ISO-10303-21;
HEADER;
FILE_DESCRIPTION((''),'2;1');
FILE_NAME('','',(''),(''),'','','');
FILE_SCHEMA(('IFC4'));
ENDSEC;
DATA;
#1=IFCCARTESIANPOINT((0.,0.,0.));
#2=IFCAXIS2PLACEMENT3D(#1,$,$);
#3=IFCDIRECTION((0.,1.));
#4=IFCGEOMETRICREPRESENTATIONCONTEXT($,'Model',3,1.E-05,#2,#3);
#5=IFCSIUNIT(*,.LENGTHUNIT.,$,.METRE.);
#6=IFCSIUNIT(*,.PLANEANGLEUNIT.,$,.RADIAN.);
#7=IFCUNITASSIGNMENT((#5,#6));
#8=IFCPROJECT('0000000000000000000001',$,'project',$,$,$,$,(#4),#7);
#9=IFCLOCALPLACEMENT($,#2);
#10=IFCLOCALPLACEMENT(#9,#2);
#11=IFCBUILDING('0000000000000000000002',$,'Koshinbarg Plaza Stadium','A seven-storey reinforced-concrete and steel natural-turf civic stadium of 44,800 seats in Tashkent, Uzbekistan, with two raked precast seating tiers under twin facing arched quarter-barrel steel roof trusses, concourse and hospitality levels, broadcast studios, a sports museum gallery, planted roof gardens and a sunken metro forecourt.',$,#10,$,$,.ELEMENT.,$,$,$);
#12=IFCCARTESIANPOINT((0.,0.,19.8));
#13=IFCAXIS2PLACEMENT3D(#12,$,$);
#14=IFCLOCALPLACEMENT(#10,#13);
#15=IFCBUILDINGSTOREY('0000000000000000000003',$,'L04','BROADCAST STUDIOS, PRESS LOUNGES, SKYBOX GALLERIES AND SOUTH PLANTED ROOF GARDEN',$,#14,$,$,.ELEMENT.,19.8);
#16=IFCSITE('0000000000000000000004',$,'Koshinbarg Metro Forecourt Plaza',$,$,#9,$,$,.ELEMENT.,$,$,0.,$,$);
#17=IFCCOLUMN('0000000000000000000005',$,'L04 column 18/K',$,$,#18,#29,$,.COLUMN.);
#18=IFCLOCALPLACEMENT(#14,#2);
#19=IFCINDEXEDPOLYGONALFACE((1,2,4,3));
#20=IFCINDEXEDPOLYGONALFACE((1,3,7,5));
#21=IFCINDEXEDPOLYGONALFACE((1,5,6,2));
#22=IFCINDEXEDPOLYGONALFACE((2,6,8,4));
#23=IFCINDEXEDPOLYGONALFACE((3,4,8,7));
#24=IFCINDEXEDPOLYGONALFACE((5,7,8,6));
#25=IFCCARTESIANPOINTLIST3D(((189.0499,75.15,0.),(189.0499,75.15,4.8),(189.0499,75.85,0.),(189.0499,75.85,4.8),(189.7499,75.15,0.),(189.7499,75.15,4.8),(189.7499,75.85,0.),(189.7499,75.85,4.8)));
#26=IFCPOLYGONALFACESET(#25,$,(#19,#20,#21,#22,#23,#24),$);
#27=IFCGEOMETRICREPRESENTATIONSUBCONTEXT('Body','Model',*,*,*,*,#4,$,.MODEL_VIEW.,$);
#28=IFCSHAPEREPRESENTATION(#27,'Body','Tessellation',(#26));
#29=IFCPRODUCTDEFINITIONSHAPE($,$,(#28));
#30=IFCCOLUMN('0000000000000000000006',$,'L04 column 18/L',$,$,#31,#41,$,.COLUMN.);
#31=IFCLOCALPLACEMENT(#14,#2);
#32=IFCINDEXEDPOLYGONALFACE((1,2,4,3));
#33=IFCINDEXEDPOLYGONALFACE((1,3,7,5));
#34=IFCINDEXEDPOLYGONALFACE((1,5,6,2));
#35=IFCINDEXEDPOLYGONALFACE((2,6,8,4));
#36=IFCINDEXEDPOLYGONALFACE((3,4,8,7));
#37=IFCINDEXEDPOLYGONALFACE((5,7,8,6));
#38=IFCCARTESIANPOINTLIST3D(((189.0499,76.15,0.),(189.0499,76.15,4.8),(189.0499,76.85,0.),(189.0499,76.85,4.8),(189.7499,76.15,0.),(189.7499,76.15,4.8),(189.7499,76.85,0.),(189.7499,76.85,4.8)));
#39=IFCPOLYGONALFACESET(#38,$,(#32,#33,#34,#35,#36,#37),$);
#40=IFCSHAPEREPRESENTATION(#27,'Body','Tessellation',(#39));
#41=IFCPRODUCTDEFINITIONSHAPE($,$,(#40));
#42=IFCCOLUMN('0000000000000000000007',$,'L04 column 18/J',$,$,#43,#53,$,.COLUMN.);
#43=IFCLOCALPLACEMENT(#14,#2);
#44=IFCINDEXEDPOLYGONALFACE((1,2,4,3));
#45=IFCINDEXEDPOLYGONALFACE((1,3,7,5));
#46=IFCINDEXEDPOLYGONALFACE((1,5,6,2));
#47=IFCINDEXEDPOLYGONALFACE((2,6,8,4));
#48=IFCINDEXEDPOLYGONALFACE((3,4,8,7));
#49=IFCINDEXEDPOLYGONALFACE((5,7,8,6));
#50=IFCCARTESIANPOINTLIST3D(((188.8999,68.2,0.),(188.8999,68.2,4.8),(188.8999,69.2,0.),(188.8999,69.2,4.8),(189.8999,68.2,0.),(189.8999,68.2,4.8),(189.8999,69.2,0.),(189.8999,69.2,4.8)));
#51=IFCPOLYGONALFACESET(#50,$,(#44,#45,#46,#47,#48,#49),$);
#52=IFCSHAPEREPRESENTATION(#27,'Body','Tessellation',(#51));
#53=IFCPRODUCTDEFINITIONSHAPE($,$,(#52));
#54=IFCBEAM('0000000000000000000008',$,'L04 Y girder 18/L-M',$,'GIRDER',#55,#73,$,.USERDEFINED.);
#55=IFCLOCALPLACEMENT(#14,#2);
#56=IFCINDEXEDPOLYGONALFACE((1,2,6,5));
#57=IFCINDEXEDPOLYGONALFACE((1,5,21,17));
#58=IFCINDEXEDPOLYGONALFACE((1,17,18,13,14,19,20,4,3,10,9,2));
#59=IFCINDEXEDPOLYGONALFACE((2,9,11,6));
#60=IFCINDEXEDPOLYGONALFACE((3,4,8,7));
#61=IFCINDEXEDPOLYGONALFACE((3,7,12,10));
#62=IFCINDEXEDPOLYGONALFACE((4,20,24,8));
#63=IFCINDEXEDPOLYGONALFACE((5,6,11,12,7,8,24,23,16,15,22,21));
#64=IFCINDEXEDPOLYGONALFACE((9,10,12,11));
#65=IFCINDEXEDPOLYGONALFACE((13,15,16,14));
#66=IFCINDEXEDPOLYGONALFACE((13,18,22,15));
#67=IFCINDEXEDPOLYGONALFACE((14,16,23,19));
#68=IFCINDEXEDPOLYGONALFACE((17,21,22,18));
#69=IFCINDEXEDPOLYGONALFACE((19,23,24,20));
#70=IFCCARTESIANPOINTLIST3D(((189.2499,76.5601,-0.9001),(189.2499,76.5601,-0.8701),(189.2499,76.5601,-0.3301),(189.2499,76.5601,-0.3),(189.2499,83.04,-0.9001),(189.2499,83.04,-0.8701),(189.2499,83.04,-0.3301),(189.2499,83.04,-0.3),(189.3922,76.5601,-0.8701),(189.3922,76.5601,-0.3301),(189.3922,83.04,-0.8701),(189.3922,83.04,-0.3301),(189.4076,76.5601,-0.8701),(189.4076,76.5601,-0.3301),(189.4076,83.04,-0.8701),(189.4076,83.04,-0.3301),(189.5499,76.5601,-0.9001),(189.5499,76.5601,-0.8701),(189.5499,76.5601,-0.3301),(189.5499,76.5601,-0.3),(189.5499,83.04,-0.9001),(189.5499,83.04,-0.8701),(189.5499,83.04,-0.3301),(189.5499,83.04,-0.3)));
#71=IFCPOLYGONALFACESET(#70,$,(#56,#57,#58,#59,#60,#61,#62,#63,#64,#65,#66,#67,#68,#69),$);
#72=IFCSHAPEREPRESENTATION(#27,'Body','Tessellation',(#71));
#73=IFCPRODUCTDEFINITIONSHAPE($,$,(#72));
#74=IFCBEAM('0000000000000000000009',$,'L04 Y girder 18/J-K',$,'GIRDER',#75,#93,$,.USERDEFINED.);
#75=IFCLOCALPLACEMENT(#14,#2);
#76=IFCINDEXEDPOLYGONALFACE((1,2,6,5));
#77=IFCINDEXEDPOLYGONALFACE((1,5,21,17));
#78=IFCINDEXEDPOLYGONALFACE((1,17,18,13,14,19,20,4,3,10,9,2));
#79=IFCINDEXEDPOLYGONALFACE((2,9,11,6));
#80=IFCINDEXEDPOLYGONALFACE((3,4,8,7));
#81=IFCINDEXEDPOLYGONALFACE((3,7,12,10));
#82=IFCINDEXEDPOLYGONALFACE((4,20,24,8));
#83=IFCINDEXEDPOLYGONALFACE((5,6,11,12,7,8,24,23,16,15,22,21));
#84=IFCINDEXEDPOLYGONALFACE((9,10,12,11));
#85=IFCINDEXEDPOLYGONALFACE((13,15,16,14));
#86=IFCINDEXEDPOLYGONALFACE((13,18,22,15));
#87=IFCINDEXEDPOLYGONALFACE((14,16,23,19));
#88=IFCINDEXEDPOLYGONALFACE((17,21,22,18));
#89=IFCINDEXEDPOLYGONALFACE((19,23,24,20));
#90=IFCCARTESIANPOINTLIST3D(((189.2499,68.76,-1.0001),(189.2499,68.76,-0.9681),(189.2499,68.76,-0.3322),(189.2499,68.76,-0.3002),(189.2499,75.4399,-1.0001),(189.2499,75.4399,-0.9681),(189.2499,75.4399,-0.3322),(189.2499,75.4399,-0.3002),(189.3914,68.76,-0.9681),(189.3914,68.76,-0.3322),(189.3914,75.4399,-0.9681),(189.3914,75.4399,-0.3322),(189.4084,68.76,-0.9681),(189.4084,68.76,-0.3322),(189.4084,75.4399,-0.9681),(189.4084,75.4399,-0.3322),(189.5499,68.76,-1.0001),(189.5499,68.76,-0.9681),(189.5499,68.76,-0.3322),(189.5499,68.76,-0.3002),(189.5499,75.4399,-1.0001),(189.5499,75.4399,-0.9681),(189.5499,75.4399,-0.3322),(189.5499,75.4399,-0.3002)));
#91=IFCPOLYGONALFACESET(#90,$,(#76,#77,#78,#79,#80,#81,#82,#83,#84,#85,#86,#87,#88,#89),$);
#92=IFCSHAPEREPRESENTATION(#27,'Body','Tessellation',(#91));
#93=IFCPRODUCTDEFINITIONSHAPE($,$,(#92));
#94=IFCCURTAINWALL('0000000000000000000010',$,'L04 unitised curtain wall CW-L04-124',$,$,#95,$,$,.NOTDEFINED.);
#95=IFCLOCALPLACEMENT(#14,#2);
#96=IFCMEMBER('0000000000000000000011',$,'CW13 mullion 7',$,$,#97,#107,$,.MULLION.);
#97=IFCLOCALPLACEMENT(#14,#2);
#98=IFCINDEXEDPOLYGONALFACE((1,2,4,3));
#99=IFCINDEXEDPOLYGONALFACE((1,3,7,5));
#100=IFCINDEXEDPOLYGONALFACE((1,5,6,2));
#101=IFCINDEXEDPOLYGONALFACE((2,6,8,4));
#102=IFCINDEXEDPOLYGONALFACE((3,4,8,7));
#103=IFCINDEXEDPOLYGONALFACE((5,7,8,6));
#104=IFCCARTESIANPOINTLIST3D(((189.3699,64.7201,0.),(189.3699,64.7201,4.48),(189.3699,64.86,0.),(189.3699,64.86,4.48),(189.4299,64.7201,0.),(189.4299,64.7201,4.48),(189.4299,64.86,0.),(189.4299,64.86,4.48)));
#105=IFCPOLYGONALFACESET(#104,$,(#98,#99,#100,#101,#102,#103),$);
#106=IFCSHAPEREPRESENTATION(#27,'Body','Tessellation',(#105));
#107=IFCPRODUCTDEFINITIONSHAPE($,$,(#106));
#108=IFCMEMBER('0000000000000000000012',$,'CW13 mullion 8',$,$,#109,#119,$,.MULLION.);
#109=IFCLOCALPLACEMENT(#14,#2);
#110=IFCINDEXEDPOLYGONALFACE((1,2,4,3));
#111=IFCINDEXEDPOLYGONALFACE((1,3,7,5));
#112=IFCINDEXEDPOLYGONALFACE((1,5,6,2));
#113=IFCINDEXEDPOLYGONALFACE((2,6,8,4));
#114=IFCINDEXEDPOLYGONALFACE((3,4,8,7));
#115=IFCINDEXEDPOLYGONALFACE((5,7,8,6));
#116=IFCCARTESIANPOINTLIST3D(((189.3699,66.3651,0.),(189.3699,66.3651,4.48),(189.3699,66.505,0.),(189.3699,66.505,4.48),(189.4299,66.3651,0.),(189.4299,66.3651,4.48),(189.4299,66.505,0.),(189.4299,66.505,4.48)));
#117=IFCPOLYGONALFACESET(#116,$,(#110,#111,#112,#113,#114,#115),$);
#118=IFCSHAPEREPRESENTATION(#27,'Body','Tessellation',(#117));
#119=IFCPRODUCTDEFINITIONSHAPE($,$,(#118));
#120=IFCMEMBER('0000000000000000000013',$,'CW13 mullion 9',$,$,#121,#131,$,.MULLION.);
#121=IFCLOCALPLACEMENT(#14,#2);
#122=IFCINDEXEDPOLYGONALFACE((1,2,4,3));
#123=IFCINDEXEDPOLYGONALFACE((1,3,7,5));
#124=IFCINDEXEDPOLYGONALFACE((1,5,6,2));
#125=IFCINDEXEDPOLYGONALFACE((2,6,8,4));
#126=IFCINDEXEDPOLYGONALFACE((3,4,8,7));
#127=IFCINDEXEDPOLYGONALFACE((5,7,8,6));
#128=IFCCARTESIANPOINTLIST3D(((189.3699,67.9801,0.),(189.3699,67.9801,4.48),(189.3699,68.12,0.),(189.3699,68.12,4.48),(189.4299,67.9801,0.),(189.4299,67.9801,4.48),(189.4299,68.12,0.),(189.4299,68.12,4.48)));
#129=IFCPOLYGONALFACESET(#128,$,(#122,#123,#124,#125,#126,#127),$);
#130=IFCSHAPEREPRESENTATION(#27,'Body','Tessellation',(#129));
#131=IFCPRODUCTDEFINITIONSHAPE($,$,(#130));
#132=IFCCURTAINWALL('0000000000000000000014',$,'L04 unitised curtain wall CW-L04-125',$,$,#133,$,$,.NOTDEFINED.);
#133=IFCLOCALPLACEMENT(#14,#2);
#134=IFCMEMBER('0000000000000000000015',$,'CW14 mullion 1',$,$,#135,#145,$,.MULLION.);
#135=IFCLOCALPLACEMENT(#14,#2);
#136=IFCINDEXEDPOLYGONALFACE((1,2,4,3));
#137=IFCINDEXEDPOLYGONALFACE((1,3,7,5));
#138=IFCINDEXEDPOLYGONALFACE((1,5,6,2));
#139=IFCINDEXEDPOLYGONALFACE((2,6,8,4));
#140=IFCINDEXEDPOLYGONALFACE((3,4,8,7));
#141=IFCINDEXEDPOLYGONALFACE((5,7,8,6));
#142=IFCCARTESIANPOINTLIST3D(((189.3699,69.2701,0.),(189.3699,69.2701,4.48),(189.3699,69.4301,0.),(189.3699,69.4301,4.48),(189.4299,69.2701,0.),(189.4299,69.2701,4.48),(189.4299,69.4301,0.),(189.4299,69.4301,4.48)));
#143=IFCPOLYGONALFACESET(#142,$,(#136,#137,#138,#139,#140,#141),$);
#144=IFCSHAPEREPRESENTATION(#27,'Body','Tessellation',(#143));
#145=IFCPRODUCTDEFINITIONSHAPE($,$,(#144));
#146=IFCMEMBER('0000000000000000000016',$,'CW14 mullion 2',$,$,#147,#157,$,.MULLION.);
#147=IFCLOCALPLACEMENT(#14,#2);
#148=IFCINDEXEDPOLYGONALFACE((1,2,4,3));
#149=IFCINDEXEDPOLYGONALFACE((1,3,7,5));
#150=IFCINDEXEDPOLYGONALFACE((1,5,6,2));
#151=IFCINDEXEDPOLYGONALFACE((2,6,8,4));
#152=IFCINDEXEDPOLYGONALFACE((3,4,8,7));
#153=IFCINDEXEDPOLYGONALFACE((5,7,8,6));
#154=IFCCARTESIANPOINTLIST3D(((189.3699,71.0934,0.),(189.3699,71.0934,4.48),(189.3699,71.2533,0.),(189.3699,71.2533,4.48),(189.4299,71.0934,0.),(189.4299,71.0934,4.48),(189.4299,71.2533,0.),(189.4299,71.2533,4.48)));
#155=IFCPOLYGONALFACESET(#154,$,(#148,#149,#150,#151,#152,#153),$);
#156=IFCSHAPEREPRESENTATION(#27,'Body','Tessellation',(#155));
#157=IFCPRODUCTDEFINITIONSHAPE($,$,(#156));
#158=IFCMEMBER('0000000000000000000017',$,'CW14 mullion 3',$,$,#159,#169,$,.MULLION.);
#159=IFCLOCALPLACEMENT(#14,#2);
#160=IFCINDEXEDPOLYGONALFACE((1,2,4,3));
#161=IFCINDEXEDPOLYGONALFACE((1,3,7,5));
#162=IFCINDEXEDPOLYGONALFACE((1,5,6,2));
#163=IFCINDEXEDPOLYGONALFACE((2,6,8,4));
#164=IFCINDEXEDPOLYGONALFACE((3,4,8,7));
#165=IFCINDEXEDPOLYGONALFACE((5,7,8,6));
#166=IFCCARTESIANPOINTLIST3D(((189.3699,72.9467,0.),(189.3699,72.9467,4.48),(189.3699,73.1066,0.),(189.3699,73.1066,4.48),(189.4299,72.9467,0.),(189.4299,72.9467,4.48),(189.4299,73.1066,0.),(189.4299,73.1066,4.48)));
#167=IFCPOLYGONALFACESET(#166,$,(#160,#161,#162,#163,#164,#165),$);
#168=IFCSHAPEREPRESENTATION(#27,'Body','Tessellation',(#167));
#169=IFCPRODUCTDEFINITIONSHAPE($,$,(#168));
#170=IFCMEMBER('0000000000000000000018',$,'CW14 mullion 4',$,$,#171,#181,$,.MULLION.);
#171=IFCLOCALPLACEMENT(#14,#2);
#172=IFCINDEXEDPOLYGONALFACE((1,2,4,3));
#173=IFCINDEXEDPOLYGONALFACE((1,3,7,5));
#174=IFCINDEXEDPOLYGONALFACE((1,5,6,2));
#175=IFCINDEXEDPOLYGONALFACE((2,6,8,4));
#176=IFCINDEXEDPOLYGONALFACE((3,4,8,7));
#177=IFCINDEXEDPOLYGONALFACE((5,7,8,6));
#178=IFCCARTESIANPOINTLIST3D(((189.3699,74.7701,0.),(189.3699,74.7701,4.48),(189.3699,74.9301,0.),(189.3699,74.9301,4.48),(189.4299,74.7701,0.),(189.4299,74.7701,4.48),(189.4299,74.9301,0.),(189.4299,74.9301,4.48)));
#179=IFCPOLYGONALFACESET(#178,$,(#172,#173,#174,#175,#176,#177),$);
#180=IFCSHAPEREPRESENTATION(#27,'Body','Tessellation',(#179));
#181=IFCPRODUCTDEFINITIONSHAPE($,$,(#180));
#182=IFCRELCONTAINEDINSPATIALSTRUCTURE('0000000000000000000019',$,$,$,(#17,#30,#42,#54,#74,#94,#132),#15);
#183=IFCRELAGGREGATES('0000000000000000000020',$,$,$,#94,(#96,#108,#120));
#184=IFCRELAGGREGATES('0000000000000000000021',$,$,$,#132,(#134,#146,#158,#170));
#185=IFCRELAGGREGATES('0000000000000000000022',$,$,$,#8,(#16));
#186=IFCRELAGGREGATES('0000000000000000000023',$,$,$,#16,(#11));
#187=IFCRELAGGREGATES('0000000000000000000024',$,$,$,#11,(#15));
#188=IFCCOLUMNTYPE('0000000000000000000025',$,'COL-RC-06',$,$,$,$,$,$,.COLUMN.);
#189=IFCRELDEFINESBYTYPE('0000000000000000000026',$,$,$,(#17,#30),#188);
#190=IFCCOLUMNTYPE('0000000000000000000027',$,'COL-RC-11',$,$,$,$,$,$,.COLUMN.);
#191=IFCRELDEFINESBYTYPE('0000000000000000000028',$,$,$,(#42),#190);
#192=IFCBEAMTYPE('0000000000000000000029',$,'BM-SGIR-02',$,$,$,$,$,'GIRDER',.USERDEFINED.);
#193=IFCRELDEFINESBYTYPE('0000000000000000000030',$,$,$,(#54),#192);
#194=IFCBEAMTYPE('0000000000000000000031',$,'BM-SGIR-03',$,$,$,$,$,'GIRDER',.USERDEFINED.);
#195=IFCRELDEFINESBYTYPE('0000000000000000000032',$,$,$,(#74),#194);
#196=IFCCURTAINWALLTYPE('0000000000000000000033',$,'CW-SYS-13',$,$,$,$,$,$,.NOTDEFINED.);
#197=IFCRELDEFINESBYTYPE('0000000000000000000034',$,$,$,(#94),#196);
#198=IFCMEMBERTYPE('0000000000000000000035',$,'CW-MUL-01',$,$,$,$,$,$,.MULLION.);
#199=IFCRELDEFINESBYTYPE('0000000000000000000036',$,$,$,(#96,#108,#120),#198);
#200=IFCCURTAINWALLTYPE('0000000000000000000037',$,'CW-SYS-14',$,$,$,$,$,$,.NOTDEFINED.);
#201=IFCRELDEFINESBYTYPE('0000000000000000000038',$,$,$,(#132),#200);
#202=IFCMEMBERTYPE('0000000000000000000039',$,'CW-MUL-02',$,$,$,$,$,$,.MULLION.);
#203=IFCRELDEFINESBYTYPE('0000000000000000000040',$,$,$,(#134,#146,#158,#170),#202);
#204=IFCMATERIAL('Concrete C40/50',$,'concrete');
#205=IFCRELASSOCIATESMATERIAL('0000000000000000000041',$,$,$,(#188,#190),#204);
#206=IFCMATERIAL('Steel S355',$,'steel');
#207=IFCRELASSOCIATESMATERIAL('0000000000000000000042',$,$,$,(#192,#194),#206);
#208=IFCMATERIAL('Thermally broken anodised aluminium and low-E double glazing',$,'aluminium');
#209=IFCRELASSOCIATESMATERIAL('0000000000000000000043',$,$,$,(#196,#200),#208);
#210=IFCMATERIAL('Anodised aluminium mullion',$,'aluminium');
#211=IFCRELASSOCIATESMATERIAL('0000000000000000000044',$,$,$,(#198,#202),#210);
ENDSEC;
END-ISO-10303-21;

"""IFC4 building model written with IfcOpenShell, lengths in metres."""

from ifc_helpers import new_model, si_unit, direction, frame, origin, origin_2d, place, context, subcontext, project, spatial, rectangle, i_section, extrude, material, material_profile, profile_set, type_object, element, aggregate, save


model = new_model("IFC4")

# Units and contexts
model_context = context("Model", 3, precision=1e-05, world=origin(), true_north=direction((0.0, 1.0)))
body_context = subcontext(model_context, "Body", "Model", "MODEL_VIEW")
ifc_project = project(units=[si_unit("LENGTHUNIT", "METRE"), si_unit("PLANEANGLEUNIT", "RADIAN")], contexts=[model_context])

# Site, building, storey
site_placement = place(None, origin())
site = spatial("IfcSite", under=ifc_project, at=site_placement, Name="Koshinbarg Metro Forecourt Plaza", CompositionType="ELEMENT", RefElevation=0.0)
building_placement = place(site_placement, origin())
building = spatial("IfcBuilding", under=site, at=building_placement, Name="Koshinbarg Plaza Stadium", Description="A seven-storey reinforced-concrete and steel natural-turf civic stadium of 44,800 seats in Tashkent, Uzbekistan, with two raked precast seating tiers under twin facing arched quarter-barrel steel roof trusses, concourse and hospitality levels, broadcast studios, a sports museum gallery, planted roof gardens and a sunken metro forecourt.", CompositionType="ELEMENT")
storey_placement = place(building_placement, frame((0.0, 0.0, 19.8)))
storey = spatial("IfcBuildingStorey", under=building, at=storey_placement, Name="L04", Description="BROADCAST STUDIOS, PRESS LOUNGES, SKYBOX GALLERIES AND SOUTH PLANTED ROOF GARDEN", CompositionType="ELEMENT", Elevation=19.8)

# Columns
ifc_material_1 = material(Name="Concrete C40/50", Category="concrete")
ifc_material_profile_1 = material_profile(ifc_material_1, rectangle(XDim=0.7, YDim=0.7, at=origin_2d()), Name="RC 700x700")
ifc_profile_set_1 = profile_set([ifc_material_profile_1], Name="Concrete C40/50")
column_type_1 = type_object("IfcColumnType", Name="COL-RC-06", PredefinedType="COLUMN", material=ifc_profile_set_1)
for number, where, z_axis, x_axis, name in (
    (1, (189.3999, 75.5, 0.0), (0.0, 0.0, 1.0), (1.0, 0.0, 0.0), "L04 column 18/K"),
    (2, (189.3999, 76.5, 0.0), (0.0, 0.0, 1.0), (1.0, 0.0, 0.0), "L04 column 18/L"),
):
    element("IfcColumn", number, at=place(storey_placement, frame(where, z_axis=z_axis, x_axis=x_axis)), inside=storey, type_object=column_type_1, Name=name, PredefinedType="COLUMN", context=body_context, shape_type="SweptSolid", body=[
        extrude(rectangle(XDim=0.7, YDim=0.7, at=origin_2d()), origin(), (0.0, 0.0, 1.0), 4.8),
    ])
ifc_material_profile_2 = material_profile(ifc_material_1, rectangle(XDim=1.0, YDim=1.0, at=origin_2d()), Name="RC 1000x1000")
ifc_profile_set_2 = profile_set([ifc_material_profile_2], Name="Concrete C40/50")
column_type_2 = type_object("IfcColumnType", Name="COL-RC-11", PredefinedType="COLUMN", material=ifc_profile_set_2)
column_placement = place(storey_placement, frame((189.3999, 68.7, 0.0), z_axis=(0.0, 0.0, 1.0), x_axis=(1.0, 0.0, 0.0)))
element("IfcColumn", 3, at=column_placement, inside=storey, type_object=column_type_2, Name="L04 column 18/J", PredefinedType="COLUMN", context=body_context, shape_type="SweptSolid", body=[
    extrude(rectangle(XDim=1.0, YDim=1.0, at=origin_2d()), origin(), (0.0, 0.0, 1.0), 4.8),
])

# Beams
ifc_material_2 = material(Name="Steel S355", Category="steel")
ifc_material_profile_3 = material_profile(ifc_material_2, i_section(OverallWidth=0.3, OverallDepth=0.6001, WebThickness=0.0154, FlangeThickness=0.03, at=origin_2d()), Name="HEB 600")
ifc_profile_set_3 = profile_set([ifc_material_profile_3], Name="Steel S355")
beam_type_1 = type_object("IfcBeamType", Name="BM-SGIR-02", ElementType="GIRDER", PredefinedType="USERDEFINED", material=ifc_profile_set_3)
beam_1_placement = place(storey_placement, frame((189.3999, 76.5601, -0.6001), z_axis=(0.0, 1.0, 0.0), x_axis=(-1.0, 0.0, 0.0)))
element("IfcBeam", 4, at=beam_1_placement, inside=storey, type_object=beam_type_1, Name="L04 Y girder 18/L-M", ObjectType="GIRDER", PredefinedType="USERDEFINED", context=body_context, shape_type="SweptSolid", body=[
    extrude(i_section(OverallWidth=0.3, OverallDepth=0.6001, WebThickness=0.0154, FlangeThickness=0.03, at=origin_2d()), origin(), (0.0, 0.0, 1.0), 6.48),
])
ifc_material_profile_4 = material_profile(ifc_material_2, i_section(OverallWidth=0.3, OverallDepth=0.7, WebThickness=0.0171, FlangeThickness=0.032, at=origin_2d()), Name="HEB 700")
ifc_profile_set_4 = profile_set([ifc_material_profile_4], Name="Steel S355")
beam_type_2 = type_object("IfcBeamType", Name="BM-SGIR-03", ElementType="GIRDER", PredefinedType="USERDEFINED", material=ifc_profile_set_4)
beam_2_placement = place(storey_placement, frame((189.3999, 68.76, -0.6501), z_axis=(0.0, 1.0, 0.0), x_axis=(-1.0, 0.0, 0.0)))
element("IfcBeam", 5, at=beam_2_placement, inside=storey, type_object=beam_type_2, Name="L04 Y girder 18/J-K", ObjectType="GIRDER", PredefinedType="USERDEFINED", context=body_context, shape_type="SweptSolid", body=[
    extrude(i_section(OverallWidth=0.3, OverallDepth=0.7, WebThickness=0.0171, FlangeThickness=0.032, at=origin_2d()), origin(), (0.0, 0.0, 1.0), 6.6799),
])

# Curtain walls, members
ifc_material_3 = material(Name="Thermally broken anodised aluminium and low-E double glazing", Category="aluminium")
curtain_wall_type_1 = type_object("IfcCurtainWallType", Name="CW-SYS-13", PredefinedType="NOTDEFINED", material=ifc_material_3)
curtain_wall_1_placement = place(storey_placement, origin())
curtain_wall_1 = element("IfcCurtainWall", 6, at=curtain_wall_1_placement, inside=storey, type_object=curtain_wall_type_1, Name="L04 unitised curtain wall CW-L04-124", PredefinedType="NOTDEFINED")
ifc_material_4 = material(Name="Anodised aluminium mullion", Category="aluminium")
ifc_material_profile_5 = material_profile(ifc_material_4, rectangle(XDim=0.0601, YDim=0.1399, at=origin_2d()), Name="ALU 60x140")
ifc_profile_set_5 = profile_set([ifc_material_profile_5], Name="Anodised aluminium mullion")
member_type_1 = type_object("IfcMemberType", Name="CW-MUL-01", PredefinedType="MULLION", material=ifc_profile_set_5)
member_1_placement = place(storey_placement, frame((189.3999, 64.79, 0.0), z_axis=(0.0, 0.0, 1.0), x_axis=(-1.0, 0.0, 0.0)))
member_1 = element("IfcMember", 7, at=member_1_placement, type_object=member_type_1, Name="CW13 mullion 7", PredefinedType="MULLION", context=body_context, shape_type="SweptSolid", body=[
    extrude(rectangle(XDim=0.0601, YDim=0.1399, at=origin_2d()), origin(), (0.0, 0.0, 1.0), 4.48),
])
member_2_placement = place(storey_placement, frame((189.3999, 66.4351, 0.0), z_axis=(0.0, 0.0, 1.0), x_axis=(-1.0, 0.0, 0.0)))
member_2 = element("IfcMember", 8, at=member_2_placement, type_object=member_type_1, Name="CW13 mullion 8", PredefinedType="MULLION", context=body_context, shape_type="SweptSolid", body=[
    extrude(rectangle(XDim=0.0601, YDim=0.1399, at=origin_2d()), origin(), (0.0, 0.0, 1.0), 4.48),
])
member_3_placement = place(storey_placement, frame((189.3999, 68.05, 0.0), z_axis=(0.0, 0.0, 1.0), x_axis=(-1.0, 0.0, 0.0)))
member_3 = element("IfcMember", 9, at=member_3_placement, type_object=member_type_1, Name="CW13 mullion 9", PredefinedType="MULLION", context=body_context, shape_type="SweptSolid", body=[
    extrude(rectangle(XDim=0.0601, YDim=0.1399, at=origin_2d()), origin(), (0.0, 0.0, 1.0), 4.48),
])
curtain_wall_type_2 = type_object("IfcCurtainWallType", Name="CW-SYS-14", PredefinedType="NOTDEFINED", material=ifc_material_3)
curtain_wall_2_placement = place(storey_placement, origin())
curtain_wall_2 = element("IfcCurtainWall", 10, at=curtain_wall_2_placement, inside=storey, type_object=curtain_wall_type_2, Name="L04 unitised curtain wall CW-L04-125", PredefinedType="NOTDEFINED")
ifc_material_profile_6 = material_profile(ifc_material_4, rectangle(XDim=0.0601, YDim=0.1599, at=origin_2d()), Name="ALU 60x160")
ifc_profile_set_6 = profile_set([ifc_material_profile_6], Name="Anodised aluminium mullion")
member_type_2 = type_object("IfcMemberType", Name="CW-MUL-02", PredefinedType="MULLION", material=ifc_profile_set_6)
member_4_placement = place(storey_placement, frame((189.3999, 69.3501, 0.0), z_axis=(0.0, 0.0, 1.0), x_axis=(-1.0, 0.0, 0.0)))
member_4 = element("IfcMember", 11, at=member_4_placement, type_object=member_type_2, Name="CW14 mullion 1", PredefinedType="MULLION", context=body_context, shape_type="SweptSolid", body=[
    extrude(rectangle(XDim=0.0601, YDim=0.1599, at=origin_2d()), origin(), (0.0, 0.0, 1.0), 4.48),
])
member_5_placement = place(storey_placement, frame((189.3999, 71.1733, 0.0), z_axis=(0.0, 0.0, 1.0), x_axis=(-1.0, 0.0, 0.0)))
member_5 = element("IfcMember", 12, at=member_5_placement, type_object=member_type_2, Name="CW14 mullion 2", PredefinedType="MULLION", context=body_context, shape_type="SweptSolid", body=[
    extrude(rectangle(XDim=0.0601, YDim=0.1599, at=origin_2d()), origin(), (0.0, 0.0, 1.0), 4.48),
])
member_6_placement = place(storey_placement, frame((189.3999, 73.0266, 0.0), z_axis=(0.0, 0.0, 1.0), x_axis=(-1.0, 0.0, 0.0)))
member_6 = element("IfcMember", 13, at=member_6_placement, type_object=member_type_2, Name="CW14 mullion 3", PredefinedType="MULLION", context=body_context, shape_type="SweptSolid", body=[
    extrude(rectangle(XDim=0.0601, YDim=0.1599, at=origin_2d()), origin(), (0.0, 0.0, 1.0), 4.48),
])
member_7_placement = place(storey_placement, frame((189.3999, 74.8501, 0.0), z_axis=(0.0, 0.0, 1.0), x_axis=(-1.0, 0.0, 0.0)))
member_7 = element("IfcMember", 14, at=member_7_placement, type_object=member_type_2, Name="CW14 mullion 4", PredefinedType="MULLION", context=body_context, shape_type="SweptSolid", body=[
    extrude(rectangle(XDim=0.0601, YDim=0.1599, at=origin_2d()), origin(), (0.0, 0.0, 1.0), 4.48),
])

aggregate(curtain_wall_1, [member_1, member_2, member_3])
aggregate(curtain_wall_2, [member_4, member_5, member_6, member_7])

save(model, "model.ifc")
